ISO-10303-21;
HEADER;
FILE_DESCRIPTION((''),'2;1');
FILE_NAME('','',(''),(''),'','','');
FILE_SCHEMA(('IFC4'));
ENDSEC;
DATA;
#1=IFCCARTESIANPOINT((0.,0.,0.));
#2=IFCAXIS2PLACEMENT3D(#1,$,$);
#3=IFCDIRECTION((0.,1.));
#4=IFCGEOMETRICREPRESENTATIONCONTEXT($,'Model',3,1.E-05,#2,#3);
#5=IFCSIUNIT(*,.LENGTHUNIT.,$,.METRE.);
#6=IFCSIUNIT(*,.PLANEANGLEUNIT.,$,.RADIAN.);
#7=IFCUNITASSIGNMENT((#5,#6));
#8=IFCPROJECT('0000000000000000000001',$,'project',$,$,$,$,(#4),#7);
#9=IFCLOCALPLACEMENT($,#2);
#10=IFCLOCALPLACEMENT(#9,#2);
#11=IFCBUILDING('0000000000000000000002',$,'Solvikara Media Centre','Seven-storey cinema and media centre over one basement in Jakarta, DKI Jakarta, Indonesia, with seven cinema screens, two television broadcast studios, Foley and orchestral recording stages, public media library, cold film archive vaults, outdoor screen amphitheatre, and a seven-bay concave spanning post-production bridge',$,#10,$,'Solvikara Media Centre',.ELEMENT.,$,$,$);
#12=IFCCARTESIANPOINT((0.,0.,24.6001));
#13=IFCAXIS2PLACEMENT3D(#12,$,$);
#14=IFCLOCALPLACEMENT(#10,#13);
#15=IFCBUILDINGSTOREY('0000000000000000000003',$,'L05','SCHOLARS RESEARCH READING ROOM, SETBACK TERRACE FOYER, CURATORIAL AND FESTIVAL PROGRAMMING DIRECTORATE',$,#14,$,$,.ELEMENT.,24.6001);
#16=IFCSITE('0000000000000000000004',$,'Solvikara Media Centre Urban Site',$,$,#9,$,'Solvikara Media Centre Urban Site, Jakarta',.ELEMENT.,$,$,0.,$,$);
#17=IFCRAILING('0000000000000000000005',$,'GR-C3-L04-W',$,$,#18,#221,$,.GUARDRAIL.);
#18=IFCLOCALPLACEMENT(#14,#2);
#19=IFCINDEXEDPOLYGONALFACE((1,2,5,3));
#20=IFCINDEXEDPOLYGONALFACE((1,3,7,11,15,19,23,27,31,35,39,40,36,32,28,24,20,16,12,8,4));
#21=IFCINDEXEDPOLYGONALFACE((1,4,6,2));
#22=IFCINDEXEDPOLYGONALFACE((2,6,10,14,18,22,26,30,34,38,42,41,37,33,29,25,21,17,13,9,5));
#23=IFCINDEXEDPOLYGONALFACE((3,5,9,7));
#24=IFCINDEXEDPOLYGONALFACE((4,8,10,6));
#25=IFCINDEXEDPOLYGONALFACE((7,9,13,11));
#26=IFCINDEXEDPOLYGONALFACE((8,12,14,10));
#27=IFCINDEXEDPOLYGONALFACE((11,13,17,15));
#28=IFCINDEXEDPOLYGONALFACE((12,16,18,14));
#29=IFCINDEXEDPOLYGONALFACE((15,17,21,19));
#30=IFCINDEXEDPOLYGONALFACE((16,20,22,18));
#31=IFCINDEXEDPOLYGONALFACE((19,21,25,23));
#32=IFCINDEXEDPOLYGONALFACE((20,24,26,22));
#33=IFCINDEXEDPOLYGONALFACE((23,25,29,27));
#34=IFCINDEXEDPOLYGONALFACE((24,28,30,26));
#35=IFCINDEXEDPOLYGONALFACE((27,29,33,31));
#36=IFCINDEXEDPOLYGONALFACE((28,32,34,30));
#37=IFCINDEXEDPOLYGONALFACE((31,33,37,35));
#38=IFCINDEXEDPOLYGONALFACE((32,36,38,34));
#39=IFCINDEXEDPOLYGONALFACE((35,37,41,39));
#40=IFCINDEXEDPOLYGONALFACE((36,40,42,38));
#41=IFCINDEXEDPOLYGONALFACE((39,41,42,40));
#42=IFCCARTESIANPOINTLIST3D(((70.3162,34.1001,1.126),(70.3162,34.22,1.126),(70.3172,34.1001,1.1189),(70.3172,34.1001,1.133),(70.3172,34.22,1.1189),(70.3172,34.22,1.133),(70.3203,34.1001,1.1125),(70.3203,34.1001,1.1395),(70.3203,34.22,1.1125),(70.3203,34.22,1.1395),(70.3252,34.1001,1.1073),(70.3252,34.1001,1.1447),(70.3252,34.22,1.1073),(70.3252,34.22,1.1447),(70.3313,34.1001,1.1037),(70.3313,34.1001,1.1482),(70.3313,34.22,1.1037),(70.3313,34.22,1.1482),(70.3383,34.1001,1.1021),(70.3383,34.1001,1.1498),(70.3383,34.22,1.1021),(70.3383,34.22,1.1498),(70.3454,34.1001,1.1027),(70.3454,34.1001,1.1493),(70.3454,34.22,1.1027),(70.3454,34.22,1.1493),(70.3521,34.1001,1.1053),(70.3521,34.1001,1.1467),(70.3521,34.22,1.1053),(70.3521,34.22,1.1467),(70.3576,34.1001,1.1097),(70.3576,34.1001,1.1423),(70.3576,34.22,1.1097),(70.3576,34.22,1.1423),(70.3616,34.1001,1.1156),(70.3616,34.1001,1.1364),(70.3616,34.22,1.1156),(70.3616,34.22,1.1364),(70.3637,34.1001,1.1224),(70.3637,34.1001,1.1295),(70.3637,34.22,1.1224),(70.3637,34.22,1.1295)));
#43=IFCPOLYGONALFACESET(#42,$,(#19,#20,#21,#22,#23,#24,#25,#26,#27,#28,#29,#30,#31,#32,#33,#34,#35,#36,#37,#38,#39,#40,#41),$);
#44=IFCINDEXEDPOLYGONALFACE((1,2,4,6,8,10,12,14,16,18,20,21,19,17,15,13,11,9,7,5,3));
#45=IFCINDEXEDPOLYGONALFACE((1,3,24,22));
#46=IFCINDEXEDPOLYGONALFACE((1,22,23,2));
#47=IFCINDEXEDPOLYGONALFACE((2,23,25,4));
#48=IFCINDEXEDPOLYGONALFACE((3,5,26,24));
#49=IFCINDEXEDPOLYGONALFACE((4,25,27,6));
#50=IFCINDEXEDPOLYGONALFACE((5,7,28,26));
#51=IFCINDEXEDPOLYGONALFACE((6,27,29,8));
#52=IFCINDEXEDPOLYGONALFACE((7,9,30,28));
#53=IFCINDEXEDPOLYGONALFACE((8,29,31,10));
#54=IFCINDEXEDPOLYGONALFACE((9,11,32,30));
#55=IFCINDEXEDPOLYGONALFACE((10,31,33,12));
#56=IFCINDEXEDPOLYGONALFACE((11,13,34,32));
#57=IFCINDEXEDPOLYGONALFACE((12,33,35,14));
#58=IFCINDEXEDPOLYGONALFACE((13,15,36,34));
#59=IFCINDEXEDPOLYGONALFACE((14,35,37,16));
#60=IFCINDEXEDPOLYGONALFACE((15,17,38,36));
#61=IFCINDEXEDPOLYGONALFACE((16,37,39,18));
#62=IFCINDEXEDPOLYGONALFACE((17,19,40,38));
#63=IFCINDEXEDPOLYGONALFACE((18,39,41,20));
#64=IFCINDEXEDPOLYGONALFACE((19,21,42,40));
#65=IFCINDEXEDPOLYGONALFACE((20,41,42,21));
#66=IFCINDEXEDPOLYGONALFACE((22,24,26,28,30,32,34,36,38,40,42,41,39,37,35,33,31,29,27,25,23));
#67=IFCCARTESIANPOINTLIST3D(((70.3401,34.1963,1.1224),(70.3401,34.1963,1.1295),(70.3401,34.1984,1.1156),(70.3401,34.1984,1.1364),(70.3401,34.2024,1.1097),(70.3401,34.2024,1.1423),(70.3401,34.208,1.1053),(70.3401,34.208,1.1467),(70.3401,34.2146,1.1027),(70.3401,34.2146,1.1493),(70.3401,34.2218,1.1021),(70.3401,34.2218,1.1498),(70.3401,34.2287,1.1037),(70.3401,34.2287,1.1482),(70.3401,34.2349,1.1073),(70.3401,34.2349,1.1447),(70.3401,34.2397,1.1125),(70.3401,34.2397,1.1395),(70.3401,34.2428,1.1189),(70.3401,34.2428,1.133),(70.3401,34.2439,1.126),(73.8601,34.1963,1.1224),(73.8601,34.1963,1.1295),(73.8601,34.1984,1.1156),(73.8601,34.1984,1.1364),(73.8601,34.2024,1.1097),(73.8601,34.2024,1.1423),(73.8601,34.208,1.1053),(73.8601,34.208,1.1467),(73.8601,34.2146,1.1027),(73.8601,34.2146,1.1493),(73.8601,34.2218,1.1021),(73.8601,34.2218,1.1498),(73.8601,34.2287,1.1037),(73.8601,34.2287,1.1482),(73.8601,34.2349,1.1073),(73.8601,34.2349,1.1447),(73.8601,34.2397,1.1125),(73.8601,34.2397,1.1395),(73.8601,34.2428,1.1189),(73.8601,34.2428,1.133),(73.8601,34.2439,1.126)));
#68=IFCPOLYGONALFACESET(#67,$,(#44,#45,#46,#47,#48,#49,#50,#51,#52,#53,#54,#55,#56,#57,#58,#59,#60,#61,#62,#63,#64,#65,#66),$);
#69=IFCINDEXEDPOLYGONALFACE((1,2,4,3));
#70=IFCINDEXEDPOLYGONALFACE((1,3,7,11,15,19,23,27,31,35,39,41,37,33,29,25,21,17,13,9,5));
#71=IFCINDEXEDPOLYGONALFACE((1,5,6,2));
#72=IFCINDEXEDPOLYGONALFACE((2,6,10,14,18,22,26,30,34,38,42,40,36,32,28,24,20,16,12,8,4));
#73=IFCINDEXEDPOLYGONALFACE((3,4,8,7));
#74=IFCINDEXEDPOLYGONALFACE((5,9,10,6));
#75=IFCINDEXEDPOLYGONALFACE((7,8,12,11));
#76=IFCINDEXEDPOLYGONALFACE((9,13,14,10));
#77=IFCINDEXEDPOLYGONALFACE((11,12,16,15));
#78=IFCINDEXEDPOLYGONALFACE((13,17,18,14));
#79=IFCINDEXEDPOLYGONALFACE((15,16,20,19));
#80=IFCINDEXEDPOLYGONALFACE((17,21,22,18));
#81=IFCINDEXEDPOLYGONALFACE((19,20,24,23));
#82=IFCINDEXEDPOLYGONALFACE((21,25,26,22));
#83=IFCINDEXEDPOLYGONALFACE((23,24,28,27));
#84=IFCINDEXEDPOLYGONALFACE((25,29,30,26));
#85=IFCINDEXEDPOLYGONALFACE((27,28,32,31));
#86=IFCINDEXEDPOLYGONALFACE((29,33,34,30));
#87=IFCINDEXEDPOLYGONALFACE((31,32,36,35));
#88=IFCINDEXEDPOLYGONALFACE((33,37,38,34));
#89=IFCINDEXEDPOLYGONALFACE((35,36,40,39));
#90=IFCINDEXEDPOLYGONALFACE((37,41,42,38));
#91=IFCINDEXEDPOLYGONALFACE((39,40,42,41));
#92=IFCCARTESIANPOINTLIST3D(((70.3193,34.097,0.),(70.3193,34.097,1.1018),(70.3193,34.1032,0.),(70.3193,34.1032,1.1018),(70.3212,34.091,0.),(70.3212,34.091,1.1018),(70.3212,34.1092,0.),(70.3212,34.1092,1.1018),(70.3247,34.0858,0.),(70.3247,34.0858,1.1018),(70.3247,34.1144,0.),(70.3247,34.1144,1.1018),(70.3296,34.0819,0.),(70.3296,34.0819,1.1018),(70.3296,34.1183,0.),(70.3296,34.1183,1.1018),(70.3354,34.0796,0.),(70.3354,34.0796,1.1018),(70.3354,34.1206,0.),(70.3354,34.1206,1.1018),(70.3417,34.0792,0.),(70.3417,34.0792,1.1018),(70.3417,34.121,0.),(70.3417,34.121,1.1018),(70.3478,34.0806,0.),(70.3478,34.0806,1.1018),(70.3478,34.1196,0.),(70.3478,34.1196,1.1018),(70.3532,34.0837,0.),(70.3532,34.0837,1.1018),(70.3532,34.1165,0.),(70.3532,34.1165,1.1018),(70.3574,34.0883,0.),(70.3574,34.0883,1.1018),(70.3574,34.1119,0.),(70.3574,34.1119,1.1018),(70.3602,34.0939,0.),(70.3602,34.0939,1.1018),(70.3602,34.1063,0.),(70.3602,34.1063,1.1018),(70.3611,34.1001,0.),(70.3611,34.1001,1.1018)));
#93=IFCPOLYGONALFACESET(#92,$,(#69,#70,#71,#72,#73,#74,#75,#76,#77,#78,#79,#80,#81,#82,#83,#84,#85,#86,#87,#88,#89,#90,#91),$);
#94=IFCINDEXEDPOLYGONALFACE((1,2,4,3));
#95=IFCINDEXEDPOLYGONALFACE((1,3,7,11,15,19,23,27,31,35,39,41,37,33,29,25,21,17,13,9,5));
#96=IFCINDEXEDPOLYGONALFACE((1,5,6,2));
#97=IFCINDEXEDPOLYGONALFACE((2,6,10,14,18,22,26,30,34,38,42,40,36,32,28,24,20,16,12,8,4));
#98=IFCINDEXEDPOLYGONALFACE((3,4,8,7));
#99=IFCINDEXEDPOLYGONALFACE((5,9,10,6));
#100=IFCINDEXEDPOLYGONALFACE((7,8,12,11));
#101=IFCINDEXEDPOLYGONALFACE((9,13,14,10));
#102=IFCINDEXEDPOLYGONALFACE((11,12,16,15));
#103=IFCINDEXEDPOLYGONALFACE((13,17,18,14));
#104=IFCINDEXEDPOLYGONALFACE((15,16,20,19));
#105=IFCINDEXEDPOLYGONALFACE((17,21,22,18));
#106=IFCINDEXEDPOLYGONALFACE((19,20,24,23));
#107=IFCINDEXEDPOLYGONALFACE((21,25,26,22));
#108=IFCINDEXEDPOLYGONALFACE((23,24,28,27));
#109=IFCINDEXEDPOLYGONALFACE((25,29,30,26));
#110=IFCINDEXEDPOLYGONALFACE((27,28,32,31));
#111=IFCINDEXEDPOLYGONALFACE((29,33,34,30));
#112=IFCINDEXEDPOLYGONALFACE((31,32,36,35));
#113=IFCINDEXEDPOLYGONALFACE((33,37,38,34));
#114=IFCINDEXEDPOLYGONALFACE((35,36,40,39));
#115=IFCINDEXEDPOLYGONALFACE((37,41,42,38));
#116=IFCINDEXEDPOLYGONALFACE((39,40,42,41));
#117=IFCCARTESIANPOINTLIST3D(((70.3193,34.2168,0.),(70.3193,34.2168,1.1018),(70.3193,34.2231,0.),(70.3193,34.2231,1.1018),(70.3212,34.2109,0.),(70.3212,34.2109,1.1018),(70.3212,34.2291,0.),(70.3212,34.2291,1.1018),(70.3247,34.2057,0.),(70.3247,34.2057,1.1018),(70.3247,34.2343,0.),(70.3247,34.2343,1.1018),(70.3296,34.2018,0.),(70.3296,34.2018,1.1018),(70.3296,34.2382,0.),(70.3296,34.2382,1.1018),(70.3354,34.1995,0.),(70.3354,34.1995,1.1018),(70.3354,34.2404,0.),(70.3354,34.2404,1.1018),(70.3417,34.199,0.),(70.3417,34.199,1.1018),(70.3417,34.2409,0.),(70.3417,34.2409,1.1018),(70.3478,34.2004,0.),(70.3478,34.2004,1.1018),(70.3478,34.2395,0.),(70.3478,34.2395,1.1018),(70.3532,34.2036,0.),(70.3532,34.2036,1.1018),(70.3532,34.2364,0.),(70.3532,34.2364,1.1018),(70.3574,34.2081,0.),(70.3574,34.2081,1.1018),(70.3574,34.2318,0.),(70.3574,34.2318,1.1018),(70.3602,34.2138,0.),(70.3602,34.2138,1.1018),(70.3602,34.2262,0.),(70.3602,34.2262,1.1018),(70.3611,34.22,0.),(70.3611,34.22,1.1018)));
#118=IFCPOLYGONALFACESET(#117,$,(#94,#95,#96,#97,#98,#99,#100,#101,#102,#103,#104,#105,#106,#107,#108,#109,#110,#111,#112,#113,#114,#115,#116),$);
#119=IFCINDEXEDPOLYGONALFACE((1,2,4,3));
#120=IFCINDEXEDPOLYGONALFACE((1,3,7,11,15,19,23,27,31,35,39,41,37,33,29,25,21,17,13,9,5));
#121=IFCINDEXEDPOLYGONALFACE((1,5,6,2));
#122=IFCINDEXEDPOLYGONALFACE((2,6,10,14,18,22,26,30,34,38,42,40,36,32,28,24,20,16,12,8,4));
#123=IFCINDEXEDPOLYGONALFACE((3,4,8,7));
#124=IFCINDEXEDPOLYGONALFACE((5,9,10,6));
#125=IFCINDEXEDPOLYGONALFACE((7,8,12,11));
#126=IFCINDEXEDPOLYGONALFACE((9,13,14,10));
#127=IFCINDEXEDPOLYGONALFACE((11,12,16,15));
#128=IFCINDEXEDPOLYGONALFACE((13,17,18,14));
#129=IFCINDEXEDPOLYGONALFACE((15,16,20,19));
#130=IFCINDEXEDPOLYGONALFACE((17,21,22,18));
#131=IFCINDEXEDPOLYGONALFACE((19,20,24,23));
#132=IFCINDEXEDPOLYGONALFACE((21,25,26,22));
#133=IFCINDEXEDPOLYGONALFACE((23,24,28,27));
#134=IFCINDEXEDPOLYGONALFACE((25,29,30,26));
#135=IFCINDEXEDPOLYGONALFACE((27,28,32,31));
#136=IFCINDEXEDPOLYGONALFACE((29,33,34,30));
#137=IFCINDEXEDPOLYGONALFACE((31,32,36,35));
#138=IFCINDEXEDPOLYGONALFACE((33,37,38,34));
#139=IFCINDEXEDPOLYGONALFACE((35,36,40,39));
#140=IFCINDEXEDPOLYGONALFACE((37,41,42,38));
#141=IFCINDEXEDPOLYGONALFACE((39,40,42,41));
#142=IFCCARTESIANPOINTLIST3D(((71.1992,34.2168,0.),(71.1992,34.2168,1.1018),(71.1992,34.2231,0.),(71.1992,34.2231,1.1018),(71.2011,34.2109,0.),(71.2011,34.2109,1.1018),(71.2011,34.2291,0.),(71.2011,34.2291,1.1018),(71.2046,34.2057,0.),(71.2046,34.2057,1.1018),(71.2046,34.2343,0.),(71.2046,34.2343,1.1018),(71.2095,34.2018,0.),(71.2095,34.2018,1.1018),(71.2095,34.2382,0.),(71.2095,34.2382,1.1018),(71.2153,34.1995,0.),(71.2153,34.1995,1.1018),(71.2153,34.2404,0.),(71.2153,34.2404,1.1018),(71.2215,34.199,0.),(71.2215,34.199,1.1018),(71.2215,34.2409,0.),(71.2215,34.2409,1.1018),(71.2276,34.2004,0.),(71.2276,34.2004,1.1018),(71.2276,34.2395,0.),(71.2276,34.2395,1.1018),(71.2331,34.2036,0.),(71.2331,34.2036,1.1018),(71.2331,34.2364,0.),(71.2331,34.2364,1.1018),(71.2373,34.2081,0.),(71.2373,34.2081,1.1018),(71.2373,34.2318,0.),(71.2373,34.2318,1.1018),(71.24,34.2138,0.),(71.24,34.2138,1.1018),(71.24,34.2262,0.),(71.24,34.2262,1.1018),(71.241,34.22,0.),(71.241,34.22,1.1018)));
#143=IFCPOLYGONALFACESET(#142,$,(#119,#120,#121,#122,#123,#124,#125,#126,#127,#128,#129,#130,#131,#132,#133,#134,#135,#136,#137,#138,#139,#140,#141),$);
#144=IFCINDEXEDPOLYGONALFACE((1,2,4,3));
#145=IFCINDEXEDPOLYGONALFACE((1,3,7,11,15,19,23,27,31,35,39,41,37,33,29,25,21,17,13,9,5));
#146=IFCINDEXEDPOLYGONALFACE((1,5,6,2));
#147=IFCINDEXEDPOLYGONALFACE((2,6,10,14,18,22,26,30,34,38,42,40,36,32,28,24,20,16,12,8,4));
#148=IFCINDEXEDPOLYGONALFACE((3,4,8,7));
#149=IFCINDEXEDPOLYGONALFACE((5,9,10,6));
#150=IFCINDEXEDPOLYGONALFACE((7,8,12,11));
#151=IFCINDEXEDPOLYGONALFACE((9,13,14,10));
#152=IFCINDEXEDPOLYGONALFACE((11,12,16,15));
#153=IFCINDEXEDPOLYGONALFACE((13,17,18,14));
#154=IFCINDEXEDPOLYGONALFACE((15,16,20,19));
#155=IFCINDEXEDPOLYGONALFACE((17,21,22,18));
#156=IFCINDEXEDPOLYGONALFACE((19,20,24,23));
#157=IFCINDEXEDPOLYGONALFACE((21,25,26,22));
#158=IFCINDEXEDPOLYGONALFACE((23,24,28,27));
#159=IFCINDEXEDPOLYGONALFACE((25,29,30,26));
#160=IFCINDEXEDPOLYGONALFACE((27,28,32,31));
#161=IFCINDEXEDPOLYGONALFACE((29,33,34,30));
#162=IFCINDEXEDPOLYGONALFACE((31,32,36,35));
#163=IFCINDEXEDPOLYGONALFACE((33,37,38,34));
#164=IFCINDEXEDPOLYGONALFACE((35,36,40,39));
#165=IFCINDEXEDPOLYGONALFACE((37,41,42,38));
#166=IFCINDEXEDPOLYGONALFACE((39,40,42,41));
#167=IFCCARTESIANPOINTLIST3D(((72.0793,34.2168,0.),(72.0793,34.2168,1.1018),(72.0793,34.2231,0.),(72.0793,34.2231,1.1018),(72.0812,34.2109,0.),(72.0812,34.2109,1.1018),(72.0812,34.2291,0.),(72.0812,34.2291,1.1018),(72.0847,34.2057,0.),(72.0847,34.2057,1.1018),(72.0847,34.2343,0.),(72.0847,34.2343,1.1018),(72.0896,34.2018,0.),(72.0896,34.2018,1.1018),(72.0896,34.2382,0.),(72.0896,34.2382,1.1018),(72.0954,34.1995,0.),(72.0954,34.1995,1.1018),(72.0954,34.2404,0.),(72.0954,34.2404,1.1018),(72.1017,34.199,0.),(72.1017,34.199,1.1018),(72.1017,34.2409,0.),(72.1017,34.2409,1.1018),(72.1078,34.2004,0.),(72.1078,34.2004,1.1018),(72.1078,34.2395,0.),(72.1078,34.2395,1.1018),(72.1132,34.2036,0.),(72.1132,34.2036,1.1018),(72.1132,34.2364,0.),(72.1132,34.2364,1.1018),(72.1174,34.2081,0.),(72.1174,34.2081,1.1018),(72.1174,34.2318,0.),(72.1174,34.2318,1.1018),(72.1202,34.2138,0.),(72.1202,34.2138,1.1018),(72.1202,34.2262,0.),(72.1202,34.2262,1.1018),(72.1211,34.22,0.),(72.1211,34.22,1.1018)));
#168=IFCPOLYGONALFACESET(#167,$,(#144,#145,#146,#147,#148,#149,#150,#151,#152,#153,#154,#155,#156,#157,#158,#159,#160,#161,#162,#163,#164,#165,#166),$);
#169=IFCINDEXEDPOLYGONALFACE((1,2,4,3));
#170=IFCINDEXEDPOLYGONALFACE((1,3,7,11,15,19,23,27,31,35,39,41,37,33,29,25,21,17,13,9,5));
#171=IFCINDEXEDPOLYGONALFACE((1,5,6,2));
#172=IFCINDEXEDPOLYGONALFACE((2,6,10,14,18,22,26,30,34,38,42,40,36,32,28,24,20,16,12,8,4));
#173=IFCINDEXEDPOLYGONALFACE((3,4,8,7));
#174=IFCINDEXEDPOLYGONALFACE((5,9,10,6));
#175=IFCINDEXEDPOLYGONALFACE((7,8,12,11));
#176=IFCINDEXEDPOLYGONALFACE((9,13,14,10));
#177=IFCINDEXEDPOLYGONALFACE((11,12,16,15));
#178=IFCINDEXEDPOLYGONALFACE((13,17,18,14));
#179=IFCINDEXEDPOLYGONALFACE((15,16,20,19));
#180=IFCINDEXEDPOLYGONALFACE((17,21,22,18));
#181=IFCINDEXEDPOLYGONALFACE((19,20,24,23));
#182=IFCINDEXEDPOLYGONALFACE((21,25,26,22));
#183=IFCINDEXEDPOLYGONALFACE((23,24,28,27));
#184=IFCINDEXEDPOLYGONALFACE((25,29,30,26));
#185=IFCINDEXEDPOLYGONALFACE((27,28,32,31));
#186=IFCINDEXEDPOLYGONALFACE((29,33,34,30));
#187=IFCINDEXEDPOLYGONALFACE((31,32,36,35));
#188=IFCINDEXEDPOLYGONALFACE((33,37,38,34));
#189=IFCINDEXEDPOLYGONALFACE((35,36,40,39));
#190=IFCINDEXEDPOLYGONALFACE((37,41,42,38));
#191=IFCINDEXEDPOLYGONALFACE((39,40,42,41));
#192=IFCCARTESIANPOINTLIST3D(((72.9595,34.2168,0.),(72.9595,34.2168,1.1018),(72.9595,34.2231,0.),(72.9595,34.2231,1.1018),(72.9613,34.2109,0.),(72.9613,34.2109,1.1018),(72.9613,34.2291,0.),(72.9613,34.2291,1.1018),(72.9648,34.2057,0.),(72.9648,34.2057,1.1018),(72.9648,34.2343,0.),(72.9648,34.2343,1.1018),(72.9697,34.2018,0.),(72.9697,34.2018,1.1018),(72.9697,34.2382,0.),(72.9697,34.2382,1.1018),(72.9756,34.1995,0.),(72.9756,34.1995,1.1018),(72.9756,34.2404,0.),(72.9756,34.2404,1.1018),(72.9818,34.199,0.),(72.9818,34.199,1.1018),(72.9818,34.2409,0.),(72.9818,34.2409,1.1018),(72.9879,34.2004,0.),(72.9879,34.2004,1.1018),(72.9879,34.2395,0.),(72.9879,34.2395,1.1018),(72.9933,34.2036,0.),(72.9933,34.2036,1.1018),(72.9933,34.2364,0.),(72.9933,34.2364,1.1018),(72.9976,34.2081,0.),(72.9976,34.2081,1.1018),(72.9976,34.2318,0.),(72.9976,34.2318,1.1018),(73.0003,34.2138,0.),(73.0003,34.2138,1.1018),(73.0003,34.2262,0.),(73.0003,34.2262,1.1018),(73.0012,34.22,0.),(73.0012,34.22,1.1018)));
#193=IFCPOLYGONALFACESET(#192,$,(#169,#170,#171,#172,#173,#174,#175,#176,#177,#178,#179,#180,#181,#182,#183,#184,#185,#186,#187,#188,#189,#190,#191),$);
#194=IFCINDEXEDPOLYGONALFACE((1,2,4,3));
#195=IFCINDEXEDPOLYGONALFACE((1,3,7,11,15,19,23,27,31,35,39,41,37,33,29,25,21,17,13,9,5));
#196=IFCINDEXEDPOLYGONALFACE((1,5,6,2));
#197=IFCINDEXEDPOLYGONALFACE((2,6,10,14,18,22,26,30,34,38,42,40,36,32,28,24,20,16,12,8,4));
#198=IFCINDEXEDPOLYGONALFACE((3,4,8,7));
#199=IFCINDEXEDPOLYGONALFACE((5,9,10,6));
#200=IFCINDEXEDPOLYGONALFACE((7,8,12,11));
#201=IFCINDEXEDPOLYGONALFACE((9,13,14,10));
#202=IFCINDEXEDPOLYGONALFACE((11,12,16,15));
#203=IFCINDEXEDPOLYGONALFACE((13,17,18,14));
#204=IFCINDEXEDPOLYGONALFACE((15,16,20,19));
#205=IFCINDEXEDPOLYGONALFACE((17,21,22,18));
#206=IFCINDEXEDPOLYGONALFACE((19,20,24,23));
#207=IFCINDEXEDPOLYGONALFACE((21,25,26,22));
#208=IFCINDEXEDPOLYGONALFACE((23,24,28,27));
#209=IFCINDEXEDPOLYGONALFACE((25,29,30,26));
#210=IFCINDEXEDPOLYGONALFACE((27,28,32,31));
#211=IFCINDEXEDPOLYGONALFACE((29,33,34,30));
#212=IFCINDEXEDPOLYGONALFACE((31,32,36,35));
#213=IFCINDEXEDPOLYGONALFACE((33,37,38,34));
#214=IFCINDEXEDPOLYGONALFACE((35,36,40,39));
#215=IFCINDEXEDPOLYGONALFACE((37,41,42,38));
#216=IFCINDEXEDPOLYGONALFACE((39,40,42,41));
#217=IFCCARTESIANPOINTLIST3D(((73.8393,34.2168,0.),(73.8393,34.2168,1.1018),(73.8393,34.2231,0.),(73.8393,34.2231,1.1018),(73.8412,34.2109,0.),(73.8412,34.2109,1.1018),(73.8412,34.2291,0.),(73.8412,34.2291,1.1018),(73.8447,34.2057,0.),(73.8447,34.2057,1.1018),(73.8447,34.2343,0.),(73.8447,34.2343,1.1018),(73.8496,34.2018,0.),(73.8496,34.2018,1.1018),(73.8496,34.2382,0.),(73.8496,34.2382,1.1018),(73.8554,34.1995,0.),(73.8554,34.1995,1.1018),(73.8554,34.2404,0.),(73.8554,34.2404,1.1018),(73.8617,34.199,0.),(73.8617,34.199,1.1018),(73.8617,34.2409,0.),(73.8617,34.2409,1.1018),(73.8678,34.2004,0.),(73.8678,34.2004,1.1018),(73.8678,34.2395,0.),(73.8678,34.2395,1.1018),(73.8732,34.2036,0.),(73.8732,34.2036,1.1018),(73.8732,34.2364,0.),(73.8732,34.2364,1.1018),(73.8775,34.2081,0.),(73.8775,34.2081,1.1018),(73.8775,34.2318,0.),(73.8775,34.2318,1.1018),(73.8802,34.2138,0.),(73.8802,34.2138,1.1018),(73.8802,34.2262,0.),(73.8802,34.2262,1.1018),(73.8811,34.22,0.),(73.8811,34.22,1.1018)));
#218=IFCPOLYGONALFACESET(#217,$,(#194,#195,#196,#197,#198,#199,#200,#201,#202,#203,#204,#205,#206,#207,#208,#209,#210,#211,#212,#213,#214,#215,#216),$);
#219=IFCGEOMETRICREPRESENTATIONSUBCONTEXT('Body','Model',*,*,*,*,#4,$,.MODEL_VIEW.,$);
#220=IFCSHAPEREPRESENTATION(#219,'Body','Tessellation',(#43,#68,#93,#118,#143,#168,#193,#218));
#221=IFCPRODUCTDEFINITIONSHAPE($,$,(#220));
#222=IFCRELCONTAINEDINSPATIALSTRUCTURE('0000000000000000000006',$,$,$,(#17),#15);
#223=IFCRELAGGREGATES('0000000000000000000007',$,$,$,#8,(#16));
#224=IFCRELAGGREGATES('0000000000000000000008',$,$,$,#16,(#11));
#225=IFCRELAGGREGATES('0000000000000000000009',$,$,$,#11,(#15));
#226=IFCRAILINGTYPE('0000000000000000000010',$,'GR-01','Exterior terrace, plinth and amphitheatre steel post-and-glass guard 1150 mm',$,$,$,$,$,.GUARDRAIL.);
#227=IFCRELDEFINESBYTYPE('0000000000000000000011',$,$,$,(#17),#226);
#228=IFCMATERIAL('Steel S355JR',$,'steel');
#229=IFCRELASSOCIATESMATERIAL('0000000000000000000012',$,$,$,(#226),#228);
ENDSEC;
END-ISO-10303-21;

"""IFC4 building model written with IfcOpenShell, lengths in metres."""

from ifc_helpers import new_model, si_unit, direction, frame, origin, origin_2d, place, context, subcontext, project, spatial, circle, extrude, material, type_object, element, save


model = new_model("IFC4")

# Units and contexts
model_context = context("Model", 3, precision=1e-05, world=origin(), true_north=direction((0.0, 1.0)))
body_context = subcontext(model_context, "Body", "Model", "MODEL_VIEW")
ifc_project = project(units=[si_unit("LENGTHUNIT", "METRE"), si_unit("PLANEANGLEUNIT", "RADIAN")], contexts=[model_context])

# Site, building, storey
site_placement = place(None, origin())
site = spatial("IfcSite", under=ifc_project, at=site_placement, Name="Solvikara Media Centre Urban Site", LongName="Solvikara Media Centre Urban Site, Jakarta", CompositionType="ELEMENT", RefElevation=0.0)
building_placement = place(site_placement, origin())
building = spatial("IfcBuilding", under=site, at=building_placement, Name="Solvikara Media Centre", Description="Seven-storey cinema and media centre over one basement in Jakarta, DKI Jakarta, Indonesia, with seven cinema screens, two television broadcast studios, Foley and orchestral recording stages, public media library, cold film archive vaults, outdoor screen amphitheatre, and a seven-bay concave spanning post-production bridge", LongName="Solvikara Media Centre", CompositionType="ELEMENT")
storey_placement = place(building_placement, frame((0.0, 0.0, 24.6001)))
storey = spatial("IfcBuildingStorey", under=building, at=storey_placement, Name="L05", Description="SCHOLARS RESEARCH READING ROOM, SETBACK TERRACE FOYER, CURATORIAL AND FESTIVAL PROGRAMMING DIRECTORATE", CompositionType="ELEMENT", Elevation=24.6001)

# Shared definitions
ifc_material_1 = material(Name="Steel S355JR", Category="steel")

# Railing
railing_type_1 = type_object("IfcRailingType", Name="GR-01", Description="Exterior terrace, plinth and amphitheatre steel post-and-glass guard 1150 mm", PredefinedType="GUARDRAIL", material=ifc_material_1)
railing_1_placement = place(storey_placement, frame((70.3401, 34.1001, 0.0)))
element("IfcRailing", 1, at=railing_1_placement, inside=storey, type_object=railing_type_1, Name="GR-C3-L04-W", PredefinedType="GUARDRAIL", context=body_context, shape_type="SweptSolid", body=[
    extrude(circle(Radius=0.0239, at=origin_2d()), frame((0.0, 0.0, 1.126), z_axis=(0.0, 1.0, 0.0), x_axis=(-1.0, 0.0, 0.0)), (0.0, 0.0, 1.0), 0.1199),
    extrude(circle(Radius=0.0239, at=origin_2d()), frame((0.0, 0.1199, 1.126), z_axis=(1.0, 0.0, 0.0), x_axis=(0.0, 1.0, 0.0)), (0.0, 0.0, 1.0), 3.52),
    extrude(circle(Radius=0.021, at=origin_2d()), origin(), (0.0, 0.0, 1.0), 1.1018),
    extrude(circle(Radius=0.021, at=origin_2d()), frame((0.0, 0.1199, 0.0)), (0.0, 0.0, 1.0), 1.1018),
    extrude(circle(Radius=0.021, at=origin_2d()), frame((0.8799, 0.1199, 0.0)), (0.0, 0.0, 1.0), 1.1018),
    extrude(circle(Radius=0.021, at=origin_2d()), frame((1.76, 0.1199, 0.0)), (0.0, 0.0, 1.0), 1.1018),
    extrude(circle(Radius=0.021, at=origin_2d()), frame((2.6401, 0.1199, 0.0)), (0.0, 0.0, 1.0), 1.1018),
    extrude(circle(Radius=0.021, at=origin_2d()), frame((3.52, 0.1199, 0.0)), (0.0, 0.0, 1.0), 1.1018),
])

save(model, "model.ifc")
